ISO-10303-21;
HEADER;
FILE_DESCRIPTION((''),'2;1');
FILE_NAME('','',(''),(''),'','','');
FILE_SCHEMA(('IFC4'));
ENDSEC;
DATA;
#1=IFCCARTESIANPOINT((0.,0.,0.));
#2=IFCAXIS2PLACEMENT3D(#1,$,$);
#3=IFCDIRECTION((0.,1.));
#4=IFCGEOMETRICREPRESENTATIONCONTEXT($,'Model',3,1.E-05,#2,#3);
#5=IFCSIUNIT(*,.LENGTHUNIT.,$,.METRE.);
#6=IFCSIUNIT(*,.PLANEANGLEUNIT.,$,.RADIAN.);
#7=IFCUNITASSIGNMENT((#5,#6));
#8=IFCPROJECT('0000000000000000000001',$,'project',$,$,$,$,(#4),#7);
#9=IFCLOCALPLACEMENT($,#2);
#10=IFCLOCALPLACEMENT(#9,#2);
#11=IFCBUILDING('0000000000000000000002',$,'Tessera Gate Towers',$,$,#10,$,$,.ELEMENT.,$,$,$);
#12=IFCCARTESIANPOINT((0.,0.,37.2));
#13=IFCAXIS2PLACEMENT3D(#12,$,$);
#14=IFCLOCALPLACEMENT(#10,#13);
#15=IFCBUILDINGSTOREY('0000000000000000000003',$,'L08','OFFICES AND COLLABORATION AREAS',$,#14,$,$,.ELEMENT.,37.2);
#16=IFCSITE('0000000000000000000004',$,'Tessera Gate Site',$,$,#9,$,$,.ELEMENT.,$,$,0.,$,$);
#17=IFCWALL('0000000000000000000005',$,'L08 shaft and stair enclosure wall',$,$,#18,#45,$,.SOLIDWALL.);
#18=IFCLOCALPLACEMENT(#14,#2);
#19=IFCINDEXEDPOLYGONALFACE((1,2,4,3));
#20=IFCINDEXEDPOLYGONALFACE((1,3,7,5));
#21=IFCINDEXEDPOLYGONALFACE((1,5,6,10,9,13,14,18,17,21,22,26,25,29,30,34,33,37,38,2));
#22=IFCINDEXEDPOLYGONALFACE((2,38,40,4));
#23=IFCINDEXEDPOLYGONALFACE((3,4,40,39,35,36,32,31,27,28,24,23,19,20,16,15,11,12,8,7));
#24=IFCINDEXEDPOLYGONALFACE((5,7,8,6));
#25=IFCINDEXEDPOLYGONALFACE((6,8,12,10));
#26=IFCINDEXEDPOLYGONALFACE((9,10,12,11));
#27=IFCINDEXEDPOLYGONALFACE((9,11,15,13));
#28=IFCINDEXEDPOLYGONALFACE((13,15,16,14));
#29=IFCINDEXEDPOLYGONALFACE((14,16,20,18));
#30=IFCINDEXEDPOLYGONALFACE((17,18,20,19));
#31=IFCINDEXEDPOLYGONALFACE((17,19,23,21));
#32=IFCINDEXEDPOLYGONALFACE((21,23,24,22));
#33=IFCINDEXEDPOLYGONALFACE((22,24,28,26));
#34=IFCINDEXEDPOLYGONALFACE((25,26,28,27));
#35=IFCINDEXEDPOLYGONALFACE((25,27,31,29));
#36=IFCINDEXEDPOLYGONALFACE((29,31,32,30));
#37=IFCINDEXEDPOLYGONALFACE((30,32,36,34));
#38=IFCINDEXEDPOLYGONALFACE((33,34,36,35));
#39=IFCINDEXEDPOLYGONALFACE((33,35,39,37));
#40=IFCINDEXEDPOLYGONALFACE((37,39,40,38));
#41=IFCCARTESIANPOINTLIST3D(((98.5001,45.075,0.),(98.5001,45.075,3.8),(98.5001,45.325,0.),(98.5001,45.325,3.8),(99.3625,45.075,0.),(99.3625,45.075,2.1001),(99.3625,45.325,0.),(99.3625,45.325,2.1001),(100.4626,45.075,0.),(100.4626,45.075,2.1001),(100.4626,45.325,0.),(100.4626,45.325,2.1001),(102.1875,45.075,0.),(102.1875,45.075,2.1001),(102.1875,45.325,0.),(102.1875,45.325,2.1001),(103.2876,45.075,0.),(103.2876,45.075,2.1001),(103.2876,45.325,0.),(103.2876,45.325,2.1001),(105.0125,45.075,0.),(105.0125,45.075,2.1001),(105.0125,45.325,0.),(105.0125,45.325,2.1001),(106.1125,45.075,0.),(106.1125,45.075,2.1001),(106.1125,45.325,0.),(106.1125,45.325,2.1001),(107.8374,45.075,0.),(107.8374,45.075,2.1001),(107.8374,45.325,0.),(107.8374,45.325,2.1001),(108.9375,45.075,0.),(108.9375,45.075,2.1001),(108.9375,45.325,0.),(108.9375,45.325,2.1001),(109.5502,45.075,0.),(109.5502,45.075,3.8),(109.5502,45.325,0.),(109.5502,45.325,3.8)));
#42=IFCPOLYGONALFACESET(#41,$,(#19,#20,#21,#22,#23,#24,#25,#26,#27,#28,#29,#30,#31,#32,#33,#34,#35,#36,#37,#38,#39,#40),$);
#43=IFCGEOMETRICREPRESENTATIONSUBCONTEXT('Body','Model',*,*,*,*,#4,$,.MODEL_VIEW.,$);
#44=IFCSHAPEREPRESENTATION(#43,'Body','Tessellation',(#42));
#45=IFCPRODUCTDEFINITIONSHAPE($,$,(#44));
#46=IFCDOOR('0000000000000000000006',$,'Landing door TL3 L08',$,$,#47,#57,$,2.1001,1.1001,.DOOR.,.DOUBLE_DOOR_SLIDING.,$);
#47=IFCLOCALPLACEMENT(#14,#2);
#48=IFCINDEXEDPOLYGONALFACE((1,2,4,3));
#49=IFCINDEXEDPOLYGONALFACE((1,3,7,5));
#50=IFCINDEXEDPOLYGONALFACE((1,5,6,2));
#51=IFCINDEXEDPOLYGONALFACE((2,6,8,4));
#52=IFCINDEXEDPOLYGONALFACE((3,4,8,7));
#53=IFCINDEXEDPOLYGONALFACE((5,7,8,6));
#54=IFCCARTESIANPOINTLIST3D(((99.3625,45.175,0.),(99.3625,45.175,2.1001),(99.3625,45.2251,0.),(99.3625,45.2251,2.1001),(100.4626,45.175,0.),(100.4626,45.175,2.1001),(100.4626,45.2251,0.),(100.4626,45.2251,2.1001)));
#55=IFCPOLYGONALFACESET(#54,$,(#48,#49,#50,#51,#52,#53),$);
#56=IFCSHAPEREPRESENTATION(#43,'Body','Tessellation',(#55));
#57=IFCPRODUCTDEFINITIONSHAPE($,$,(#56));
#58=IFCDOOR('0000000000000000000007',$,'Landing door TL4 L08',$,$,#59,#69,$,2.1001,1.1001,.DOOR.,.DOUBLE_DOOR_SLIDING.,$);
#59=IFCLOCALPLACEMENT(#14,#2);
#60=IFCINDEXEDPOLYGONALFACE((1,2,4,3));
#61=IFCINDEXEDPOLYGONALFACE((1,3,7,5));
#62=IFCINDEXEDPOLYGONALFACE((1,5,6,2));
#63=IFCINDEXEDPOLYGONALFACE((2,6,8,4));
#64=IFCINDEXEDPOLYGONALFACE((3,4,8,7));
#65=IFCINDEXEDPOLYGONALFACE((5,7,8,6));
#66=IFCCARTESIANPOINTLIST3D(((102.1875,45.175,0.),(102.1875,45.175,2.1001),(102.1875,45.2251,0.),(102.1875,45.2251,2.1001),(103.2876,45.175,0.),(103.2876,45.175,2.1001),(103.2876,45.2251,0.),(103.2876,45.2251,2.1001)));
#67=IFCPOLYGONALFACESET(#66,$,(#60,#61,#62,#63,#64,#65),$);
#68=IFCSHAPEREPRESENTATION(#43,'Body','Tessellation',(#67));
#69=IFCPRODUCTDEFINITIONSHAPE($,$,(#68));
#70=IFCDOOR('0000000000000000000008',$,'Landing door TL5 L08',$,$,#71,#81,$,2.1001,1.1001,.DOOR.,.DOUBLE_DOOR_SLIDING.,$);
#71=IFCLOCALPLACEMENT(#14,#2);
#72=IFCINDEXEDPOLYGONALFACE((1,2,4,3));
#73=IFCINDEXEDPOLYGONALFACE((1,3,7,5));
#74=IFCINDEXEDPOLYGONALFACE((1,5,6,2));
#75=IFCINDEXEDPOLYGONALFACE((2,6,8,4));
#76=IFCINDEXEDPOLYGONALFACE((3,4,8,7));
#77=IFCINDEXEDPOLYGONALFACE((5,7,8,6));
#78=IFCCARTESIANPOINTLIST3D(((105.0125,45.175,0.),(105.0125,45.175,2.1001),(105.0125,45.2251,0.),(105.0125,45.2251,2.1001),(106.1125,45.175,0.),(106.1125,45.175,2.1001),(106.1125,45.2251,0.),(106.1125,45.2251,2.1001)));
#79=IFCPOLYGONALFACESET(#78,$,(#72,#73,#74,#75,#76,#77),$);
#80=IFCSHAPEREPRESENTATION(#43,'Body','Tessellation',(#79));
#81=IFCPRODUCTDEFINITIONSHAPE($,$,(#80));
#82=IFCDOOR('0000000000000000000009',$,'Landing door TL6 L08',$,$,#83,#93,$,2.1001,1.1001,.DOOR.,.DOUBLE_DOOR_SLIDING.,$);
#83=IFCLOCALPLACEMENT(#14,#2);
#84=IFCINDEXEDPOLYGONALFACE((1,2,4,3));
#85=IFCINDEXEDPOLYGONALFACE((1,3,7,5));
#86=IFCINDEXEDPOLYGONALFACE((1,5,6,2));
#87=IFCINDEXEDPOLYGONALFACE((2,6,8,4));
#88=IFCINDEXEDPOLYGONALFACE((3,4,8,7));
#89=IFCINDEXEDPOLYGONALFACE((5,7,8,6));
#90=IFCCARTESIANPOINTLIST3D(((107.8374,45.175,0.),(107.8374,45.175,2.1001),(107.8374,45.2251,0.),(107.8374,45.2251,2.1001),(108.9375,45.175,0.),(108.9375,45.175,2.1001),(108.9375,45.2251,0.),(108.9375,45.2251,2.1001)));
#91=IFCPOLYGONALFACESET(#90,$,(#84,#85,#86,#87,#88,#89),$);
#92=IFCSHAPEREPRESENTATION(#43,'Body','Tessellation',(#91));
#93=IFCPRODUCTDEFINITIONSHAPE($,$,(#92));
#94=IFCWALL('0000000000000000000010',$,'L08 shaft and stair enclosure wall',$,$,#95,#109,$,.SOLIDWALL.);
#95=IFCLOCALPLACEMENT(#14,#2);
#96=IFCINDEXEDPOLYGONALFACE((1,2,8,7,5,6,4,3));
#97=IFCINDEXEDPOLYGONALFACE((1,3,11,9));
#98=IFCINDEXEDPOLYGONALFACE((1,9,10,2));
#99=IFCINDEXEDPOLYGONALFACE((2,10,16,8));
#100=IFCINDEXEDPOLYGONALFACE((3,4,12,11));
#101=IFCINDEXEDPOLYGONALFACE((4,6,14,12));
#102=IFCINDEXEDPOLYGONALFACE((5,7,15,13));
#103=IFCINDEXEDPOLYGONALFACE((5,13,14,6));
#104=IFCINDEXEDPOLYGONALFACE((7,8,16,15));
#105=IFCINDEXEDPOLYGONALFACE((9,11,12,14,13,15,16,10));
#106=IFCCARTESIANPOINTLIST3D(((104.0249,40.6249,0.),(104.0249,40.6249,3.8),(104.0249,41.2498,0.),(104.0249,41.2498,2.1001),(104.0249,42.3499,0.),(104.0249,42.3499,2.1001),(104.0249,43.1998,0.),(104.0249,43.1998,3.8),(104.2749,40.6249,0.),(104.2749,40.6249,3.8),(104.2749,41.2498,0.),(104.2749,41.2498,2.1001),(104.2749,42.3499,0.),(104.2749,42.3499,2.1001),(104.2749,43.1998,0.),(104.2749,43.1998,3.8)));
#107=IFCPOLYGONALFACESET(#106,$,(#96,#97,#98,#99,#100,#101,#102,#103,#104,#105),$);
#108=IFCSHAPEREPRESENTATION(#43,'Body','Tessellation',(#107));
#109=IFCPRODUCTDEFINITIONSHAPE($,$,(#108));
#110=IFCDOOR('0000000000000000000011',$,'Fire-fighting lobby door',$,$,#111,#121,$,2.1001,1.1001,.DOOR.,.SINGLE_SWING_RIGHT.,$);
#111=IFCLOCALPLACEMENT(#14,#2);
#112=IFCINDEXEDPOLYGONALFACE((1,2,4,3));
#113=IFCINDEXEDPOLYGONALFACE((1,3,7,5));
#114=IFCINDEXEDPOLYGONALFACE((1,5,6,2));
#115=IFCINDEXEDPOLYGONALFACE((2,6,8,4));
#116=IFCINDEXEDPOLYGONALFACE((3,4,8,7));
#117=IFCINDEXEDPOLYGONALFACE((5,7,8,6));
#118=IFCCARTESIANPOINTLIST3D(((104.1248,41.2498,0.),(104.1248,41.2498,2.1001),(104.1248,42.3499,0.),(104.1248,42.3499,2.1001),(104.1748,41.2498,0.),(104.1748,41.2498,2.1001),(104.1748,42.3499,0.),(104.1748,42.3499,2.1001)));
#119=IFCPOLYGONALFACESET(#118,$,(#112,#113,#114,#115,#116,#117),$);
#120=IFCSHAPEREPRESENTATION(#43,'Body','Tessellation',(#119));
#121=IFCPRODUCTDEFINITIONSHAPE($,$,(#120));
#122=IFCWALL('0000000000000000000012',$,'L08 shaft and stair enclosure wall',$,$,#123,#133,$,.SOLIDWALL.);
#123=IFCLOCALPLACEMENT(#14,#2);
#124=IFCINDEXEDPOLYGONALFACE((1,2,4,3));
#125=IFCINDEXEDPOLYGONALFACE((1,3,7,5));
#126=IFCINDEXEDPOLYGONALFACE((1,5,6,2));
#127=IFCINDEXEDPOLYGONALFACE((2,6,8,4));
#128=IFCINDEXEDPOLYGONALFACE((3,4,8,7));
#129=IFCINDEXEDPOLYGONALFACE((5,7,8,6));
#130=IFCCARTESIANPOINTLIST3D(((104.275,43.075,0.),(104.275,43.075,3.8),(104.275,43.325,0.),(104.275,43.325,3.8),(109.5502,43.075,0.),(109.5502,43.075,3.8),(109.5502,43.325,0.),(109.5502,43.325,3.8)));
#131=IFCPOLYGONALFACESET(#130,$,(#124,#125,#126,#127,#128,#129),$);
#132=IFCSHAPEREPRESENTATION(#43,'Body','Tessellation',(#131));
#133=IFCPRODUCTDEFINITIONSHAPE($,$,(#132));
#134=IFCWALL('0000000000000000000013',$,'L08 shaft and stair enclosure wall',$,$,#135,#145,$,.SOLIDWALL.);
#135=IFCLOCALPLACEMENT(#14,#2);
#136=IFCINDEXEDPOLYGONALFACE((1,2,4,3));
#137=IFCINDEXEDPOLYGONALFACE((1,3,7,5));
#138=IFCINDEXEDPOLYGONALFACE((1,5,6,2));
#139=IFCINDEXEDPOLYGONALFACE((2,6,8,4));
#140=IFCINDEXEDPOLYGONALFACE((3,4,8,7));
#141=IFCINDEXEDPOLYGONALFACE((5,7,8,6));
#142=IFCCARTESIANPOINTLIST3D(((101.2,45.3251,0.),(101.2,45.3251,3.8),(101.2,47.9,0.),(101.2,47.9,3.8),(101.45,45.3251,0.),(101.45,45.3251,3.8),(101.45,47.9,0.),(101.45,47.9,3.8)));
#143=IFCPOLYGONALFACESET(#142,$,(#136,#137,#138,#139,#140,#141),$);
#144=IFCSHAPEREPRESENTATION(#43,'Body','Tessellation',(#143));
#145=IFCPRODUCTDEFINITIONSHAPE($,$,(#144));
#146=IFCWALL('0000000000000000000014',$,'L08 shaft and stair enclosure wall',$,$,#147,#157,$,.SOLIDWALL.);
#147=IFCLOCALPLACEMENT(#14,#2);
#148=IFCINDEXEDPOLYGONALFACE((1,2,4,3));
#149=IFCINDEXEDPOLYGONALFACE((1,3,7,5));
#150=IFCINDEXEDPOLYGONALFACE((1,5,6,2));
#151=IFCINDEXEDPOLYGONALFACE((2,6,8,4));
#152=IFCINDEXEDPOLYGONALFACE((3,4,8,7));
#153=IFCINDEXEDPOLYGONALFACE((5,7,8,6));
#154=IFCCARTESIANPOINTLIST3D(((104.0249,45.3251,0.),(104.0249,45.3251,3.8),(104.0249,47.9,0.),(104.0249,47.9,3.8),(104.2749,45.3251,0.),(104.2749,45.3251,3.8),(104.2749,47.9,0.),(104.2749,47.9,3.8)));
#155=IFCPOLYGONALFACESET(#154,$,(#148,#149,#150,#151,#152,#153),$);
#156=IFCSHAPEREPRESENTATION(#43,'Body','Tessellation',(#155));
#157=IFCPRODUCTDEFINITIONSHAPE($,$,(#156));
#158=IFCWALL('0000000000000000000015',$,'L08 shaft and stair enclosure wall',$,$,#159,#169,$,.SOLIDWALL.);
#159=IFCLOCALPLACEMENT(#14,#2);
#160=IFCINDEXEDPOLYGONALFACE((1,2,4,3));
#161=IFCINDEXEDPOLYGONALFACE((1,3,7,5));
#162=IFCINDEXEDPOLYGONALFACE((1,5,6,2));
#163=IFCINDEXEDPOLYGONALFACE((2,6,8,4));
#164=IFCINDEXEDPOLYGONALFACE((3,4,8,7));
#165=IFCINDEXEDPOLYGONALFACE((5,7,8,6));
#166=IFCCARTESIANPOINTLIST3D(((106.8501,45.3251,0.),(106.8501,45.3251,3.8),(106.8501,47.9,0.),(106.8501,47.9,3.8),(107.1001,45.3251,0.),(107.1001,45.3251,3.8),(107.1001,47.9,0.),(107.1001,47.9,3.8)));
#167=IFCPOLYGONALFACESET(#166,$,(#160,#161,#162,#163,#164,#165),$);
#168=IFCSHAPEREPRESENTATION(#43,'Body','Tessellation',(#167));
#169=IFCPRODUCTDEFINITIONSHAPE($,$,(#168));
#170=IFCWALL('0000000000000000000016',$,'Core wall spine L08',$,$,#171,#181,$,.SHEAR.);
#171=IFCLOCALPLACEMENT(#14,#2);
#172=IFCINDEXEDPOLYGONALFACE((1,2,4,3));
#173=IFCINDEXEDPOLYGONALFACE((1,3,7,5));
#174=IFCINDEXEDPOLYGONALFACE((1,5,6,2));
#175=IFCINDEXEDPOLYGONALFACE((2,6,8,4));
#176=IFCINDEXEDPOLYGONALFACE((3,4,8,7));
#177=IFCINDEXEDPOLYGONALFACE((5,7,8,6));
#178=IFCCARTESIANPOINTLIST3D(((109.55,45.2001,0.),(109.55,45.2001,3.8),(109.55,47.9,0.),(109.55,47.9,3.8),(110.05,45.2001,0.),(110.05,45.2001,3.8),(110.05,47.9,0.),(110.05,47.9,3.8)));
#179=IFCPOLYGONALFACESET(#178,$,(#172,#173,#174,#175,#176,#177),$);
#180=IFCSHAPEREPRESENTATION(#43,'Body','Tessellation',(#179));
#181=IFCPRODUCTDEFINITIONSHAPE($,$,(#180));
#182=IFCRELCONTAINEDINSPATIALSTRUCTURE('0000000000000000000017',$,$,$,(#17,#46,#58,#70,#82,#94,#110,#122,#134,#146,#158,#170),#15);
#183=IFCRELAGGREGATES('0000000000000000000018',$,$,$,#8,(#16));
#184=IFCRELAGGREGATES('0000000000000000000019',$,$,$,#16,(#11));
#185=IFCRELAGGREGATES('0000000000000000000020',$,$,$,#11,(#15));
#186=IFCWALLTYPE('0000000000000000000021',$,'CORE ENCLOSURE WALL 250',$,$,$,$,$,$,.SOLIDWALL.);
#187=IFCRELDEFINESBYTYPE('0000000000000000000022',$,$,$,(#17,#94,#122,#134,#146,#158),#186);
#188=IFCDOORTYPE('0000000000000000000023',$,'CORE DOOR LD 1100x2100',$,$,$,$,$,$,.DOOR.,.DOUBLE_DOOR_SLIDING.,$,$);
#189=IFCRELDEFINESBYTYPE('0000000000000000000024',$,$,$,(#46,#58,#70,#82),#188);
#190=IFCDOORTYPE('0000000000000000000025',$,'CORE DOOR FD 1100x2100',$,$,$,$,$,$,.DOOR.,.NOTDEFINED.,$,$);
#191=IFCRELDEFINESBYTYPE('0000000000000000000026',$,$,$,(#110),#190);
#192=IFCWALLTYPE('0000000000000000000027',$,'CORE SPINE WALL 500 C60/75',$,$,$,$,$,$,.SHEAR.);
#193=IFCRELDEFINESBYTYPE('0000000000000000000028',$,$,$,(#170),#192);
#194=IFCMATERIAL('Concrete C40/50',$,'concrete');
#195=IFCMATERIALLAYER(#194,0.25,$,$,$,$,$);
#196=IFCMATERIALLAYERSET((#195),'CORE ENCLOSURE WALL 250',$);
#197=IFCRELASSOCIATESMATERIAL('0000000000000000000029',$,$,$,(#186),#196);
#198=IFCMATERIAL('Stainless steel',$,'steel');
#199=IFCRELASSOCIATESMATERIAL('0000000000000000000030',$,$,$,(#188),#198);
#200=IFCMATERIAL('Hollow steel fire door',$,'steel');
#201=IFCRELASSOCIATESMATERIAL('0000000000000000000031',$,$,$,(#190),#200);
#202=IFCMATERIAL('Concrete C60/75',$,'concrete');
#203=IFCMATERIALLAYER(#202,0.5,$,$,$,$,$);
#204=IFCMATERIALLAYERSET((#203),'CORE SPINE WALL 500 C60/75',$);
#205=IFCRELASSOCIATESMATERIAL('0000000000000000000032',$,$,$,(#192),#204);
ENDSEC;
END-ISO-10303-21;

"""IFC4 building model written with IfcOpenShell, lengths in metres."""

from ifc_helpers import new_model, si_unit, direction, frame, frame_2d, origin, place, context, subcontext, project, spatial, rectangle, extrude, source, transform, mapped, material, layer, layer_set, type_object, element, fill, save


model = new_model("IFC4")

# Units and contexts
model_context = context("Model", 3, precision=1e-05, world=origin(), true_north=direction((0.0, 1.0)))
body_context = subcontext(model_context, "Body", "Model", "MODEL_VIEW")
ifc_project = project(units=[si_unit("LENGTHUNIT", "METRE"), si_unit("PLANEANGLEUNIT", "RADIAN")], contexts=[model_context])

# Site, building, storey
site_placement = place(None, origin())
site = spatial("IfcSite", under=ifc_project, at=site_placement, Name="Tessera Gate Site", CompositionType="ELEMENT", RefElevation=0.0)
building_placement = place(site_placement, origin())
building = spatial("IfcBuilding", under=site, at=building_placement, Name="Tessera Gate Towers", CompositionType="ELEMENT")
storey_placement = place(building_placement, frame((0.0, 0.0, 37.2)))
storey = spatial("IfcBuildingStorey", under=building, at=storey_placement, Name="L08", Description="OFFICES AND COLLABORATION AREAS", CompositionType="ELEMENT", Elevation=37.2)

# Wall, openings, doors
ifc_material_1 = material(Name="Concrete C40/50", Category="concrete")
ifc_layer_1 = layer(ifc_material_1, 0.25)
ifc_layer_set_1 = layer_set([ifc_layer_1], Name="CORE ENCLOSURE WALL 250")
wall_type_1 = type_object("IfcWallType", Name="CORE ENCLOSURE WALL 250", PredefinedType="SOLIDWALL", material=ifc_layer_set_1)
shared_shape_1 = source(origin(), body_context, "Body", "SweptSolid", [
    extrude(rectangle(XDim=1.1001, YDim=2.1001, at=frame_2d((0.55, 1.05))), frame((0.0, 0.135, 0.0), z_axis=(0.0, -1.0, 0.0), x_axis=(1.0, 0.0, 0.0)), (0.0, 0.0, 1.0), 0.27),
])
ifc_material_2 = material(Name="Stainless steel", Category="steel")
door_type_1 = type_object("IfcDoorType", Name="CORE DOOR LD 1100x2100", OperationType="DOUBLE_DOOR_SLIDING", PredefinedType="DOOR", material=ifc_material_2)
shared_shape_2 = source(origin(), body_context, "Body", "SweptSolid", [
    extrude(rectangle(XDim=1.1001, YDim=2.1001, at=frame_2d((0.55, 1.05))), frame((0.0, 0.0249, 0.0), z_axis=(0.0, -1.0, 0.0), x_axis=(1.0, 0.0, 0.0)), (0.0, 0.0, 1.0), 0.05),
])
wall_1_placement = place(storey_placement, frame((109.55, 45.2, 0.0), z_axis=(0.0, 0.0, 1.0), x_axis=(-1.0, 0.0, 0.0)))
wall_1 = element("IfcWall", 1, at=wall_1_placement, inside=storey, type_object=wall_type_1, Name="L08 shaft and stair enclosure wall", PredefinedType="SOLIDWALL", context=body_context, shape_type="SweptSolid", body=[
    extrude(rectangle(XDim=11.05, YDim=0.25, at=frame_2d((5.5249, 0.0))), origin(), (0.0, 0.0, 1.0), 3.8),
])
opening_1_placement = place(wall_1_placement, frame((9.0874, 0.0, 0.0)))
opening_1 = element("IfcOpeningElement", 2, at=opening_1_placement, cuts=wall_1, PredefinedType="OPENING", context=body_context, shape_type="MappedRepresentation", body=[
    mapped(shared_shape_1, transform((0.0, 0.0, 0.0), scale=1.0)),
])
opening_2_placement = place(wall_1_placement, frame((6.2625, 0.0, 0.0)))
opening_2 = element("IfcOpeningElement", 3, at=opening_2_placement, cuts=wall_1, PredefinedType="OPENING", context=body_context, shape_type="MappedRepresentation", body=[
    mapped(shared_shape_1, transform((0.0, 0.0, 0.0), scale=1.0)),
])
opening_3_placement = place(wall_1_placement, frame((3.4375, 0.0, 0.0)))
opening_3 = element("IfcOpeningElement", 4, at=opening_3_placement, cuts=wall_1, PredefinedType="OPENING", context=body_context, shape_type="MappedRepresentation", body=[
    mapped(shared_shape_1, transform((0.0, 0.0, 0.0), scale=1.0)),
])
opening_4_placement = place(wall_1_placement, frame((0.6125, 0.0, 0.0)))
opening_4 = element("IfcOpeningElement", 5, at=opening_4_placement, cuts=wall_1, PredefinedType="OPENING", context=body_context, shape_type="MappedRepresentation", body=[
    mapped(shared_shape_1, transform((0.0, 0.0, 0.0), scale=1.0)),
])
door_1_placement = place(opening_1_placement, origin())
door_1 = element("IfcDoor", 6, at=door_1_placement, inside=storey, type_object=door_type_1, Name="Landing door TL3 L08", OperationType="DOUBLE_DOOR_SLIDING", OverallHeight=2.1001, OverallWidth=1.1001, PredefinedType="DOOR", context=body_context, shape_type="MappedRepresentation", body=[
    mapped(shared_shape_2, transform((0.0, 0.0, 0.0), scale=1.0)),
])
fill(opening_1, door_1)
door_2_placement = place(opening_2_placement, origin())
door_2 = element("IfcDoor", 7, at=door_2_placement, inside=storey, type_object=door_type_1, Name="Landing door TL4 L08", OperationType="DOUBLE_DOOR_SLIDING", OverallHeight=2.1001, OverallWidth=1.1001, PredefinedType="DOOR", context=body_context, shape_type="MappedRepresentation", body=[
    mapped(shared_shape_2, transform((0.0, 0.0, 0.0), scale=1.0)),
])
fill(opening_2, door_2)
door_3_placement = place(opening_3_placement, origin())
door_3 = element("IfcDoor", 8, at=door_3_placement, inside=storey, type_object=door_type_1, Name="Landing door TL5 L08", OperationType="DOUBLE_DOOR_SLIDING", OverallHeight=2.1001, OverallWidth=1.1001, PredefinedType="DOOR", context=body_context, shape_type="MappedRepresentation", body=[
    mapped(shared_shape_2, transform((0.0, 0.0, 0.0), scale=1.0)),
])
fill(opening_3, door_3)
door_4_placement = place(opening_4_placement, origin())
door_4 = element("IfcDoor", 9, at=door_4_placement, inside=storey, type_object=door_type_1, Name="Landing door TL6 L08", OperationType="DOUBLE_DOOR_SLIDING", OverallHeight=2.1001, OverallWidth=1.1001, PredefinedType="DOOR", context=body_context, shape_type="MappedRepresentation", body=[
    mapped(shared_shape_2, transform((0.0, 0.0, 0.0), scale=1.0)),
])
fill(opening_4, door_4)

# Wall, opening, door
wall_2_placement = place(storey_placement, frame((104.1499, 43.2, 0.0), z_axis=(0.0, 0.0, 1.0), x_axis=(0.0, -1.0, 0.0)))
wall_2 = element("IfcWall", 10, at=wall_2_placement, inside=storey, type_object=wall_type_1, Name="L08 shaft and stair enclosure wall", PredefinedType="SOLIDWALL", context=body_context, shape_type="SweptSolid", body=[
    extrude(rectangle(XDim=2.575, YDim=0.25, at=frame_2d((1.2876, 0.0))), origin(), (0.0, 0.0, 1.0), 3.8),
])
opening_5_placement = place(wall_2_placement, frame((0.8501, 0.0, 0.0)))
opening_5 = element("IfcOpeningElement", 11, at=opening_5_placement, cuts=wall_2, PredefinedType="OPENING", context=body_context, shape_type="MappedRepresentation", body=[
    mapped(shared_shape_1, transform((0.0, 0.0, 0.0), scale=1.0)),
])
ifc_material_3 = material(Name="Hollow steel fire door", Category="steel")
door_type_2 = type_object("IfcDoorType", Name="CORE DOOR FD 1100x2100", OperationType="NOTDEFINED", PredefinedType="DOOR", material=ifc_material_3)
door_5_placement = place(opening_5_placement, origin())
door_5 = element("IfcDoor", 12, at=door_5_placement, inside=storey, type_object=door_type_2, Name="Fire-fighting lobby door", OperationType="SINGLE_SWING_RIGHT", OverallHeight=2.1001, OverallWidth=1.1001, PredefinedType="DOOR", context=body_context, shape_type="MappedRepresentation", body=[
    mapped(shared_shape_2, transform((0.0, 0.0, 0.0), scale=1.0)),
])
fill(opening_5, door_5)

# Walls
wall_3_placement = place(storey_placement, frame((104.2749, 43.2, 0.0), z_axis=(0.0, 0.0, 1.0), x_axis=(1.0, 0.0, 0.0)))
element("IfcWall", 13, at=wall_3_placement, inside=storey, type_object=wall_type_1, Name="L08 shaft and stair enclosure wall", PredefinedType="SOLIDWALL", context=body_context, shape_type="SweptSolid", body=[
    extrude(rectangle(XDim=5.2751, YDim=0.25, at=frame_2d((2.6377, 0.0))), origin(), (0.0, 0.0, 1.0), 3.8),
])
for number, where, z_axis, x_axis, name in (
    (14, (101.325, 45.325, 0.0), (0.0, 0.0, 1.0), (0.0, 1.0, 0.0), "L08 shaft and stair enclosure wall"),
    (15, (104.1499, 45.325, 0.0), (0.0, 0.0, 1.0), (0.0, 1.0, 0.0), "L08 shaft and stair enclosure wall"),
    (16, (106.9751, 45.325, 0.0), (0.0, 0.0, 1.0), (0.0, 1.0, 0.0), "L08 shaft and stair enclosure wall"),
):
    element("IfcWall", number, at=place(storey_placement, frame(where, z_axis=z_axis, x_axis=x_axis)), inside=storey, type_object=wall_type_1, Name=name, PredefinedType="SOLIDWALL", context=body_context, shape_type="SweptSolid", body=[
        extrude(rectangle(XDim=2.575, YDim=0.25, at=frame_2d((1.2876, 0.0))), origin(), (0.0, 0.0, 1.0), 3.8),
    ])
ifc_material_4 = material(Name="Concrete C60/75", Category="concrete")
ifc_layer_2 = layer(ifc_material_4, 0.5)
ifc_layer_set_2 = layer_set([ifc_layer_2], Name="CORE SPINE WALL 500 C60/75")
wall_type_2 = type_object("IfcWallType", Name="CORE SPINE WALL 500 C60/75", PredefinedType="SHEAR", material=ifc_layer_set_2)
wall_4_placement = place(storey_placement, frame((109.8, 45.2, 0.0), z_axis=(0.0, 0.0, 1.0), x_axis=(0.0, 1.0, 0.0)))
element("IfcWall", 17, at=wall_4_placement, inside=storey, type_object=wall_type_2, Name="Core wall spine L08", PredefinedType="SHEAR", context=body_context, shape_type="SweptSolid", body=[
    extrude(rectangle(XDim=2.7, YDim=0.5, at=frame_2d((1.3501, 0.0))), origin(), (0.0, 0.0, 1.0), 3.8),
])

save(model, "model.ifc")
